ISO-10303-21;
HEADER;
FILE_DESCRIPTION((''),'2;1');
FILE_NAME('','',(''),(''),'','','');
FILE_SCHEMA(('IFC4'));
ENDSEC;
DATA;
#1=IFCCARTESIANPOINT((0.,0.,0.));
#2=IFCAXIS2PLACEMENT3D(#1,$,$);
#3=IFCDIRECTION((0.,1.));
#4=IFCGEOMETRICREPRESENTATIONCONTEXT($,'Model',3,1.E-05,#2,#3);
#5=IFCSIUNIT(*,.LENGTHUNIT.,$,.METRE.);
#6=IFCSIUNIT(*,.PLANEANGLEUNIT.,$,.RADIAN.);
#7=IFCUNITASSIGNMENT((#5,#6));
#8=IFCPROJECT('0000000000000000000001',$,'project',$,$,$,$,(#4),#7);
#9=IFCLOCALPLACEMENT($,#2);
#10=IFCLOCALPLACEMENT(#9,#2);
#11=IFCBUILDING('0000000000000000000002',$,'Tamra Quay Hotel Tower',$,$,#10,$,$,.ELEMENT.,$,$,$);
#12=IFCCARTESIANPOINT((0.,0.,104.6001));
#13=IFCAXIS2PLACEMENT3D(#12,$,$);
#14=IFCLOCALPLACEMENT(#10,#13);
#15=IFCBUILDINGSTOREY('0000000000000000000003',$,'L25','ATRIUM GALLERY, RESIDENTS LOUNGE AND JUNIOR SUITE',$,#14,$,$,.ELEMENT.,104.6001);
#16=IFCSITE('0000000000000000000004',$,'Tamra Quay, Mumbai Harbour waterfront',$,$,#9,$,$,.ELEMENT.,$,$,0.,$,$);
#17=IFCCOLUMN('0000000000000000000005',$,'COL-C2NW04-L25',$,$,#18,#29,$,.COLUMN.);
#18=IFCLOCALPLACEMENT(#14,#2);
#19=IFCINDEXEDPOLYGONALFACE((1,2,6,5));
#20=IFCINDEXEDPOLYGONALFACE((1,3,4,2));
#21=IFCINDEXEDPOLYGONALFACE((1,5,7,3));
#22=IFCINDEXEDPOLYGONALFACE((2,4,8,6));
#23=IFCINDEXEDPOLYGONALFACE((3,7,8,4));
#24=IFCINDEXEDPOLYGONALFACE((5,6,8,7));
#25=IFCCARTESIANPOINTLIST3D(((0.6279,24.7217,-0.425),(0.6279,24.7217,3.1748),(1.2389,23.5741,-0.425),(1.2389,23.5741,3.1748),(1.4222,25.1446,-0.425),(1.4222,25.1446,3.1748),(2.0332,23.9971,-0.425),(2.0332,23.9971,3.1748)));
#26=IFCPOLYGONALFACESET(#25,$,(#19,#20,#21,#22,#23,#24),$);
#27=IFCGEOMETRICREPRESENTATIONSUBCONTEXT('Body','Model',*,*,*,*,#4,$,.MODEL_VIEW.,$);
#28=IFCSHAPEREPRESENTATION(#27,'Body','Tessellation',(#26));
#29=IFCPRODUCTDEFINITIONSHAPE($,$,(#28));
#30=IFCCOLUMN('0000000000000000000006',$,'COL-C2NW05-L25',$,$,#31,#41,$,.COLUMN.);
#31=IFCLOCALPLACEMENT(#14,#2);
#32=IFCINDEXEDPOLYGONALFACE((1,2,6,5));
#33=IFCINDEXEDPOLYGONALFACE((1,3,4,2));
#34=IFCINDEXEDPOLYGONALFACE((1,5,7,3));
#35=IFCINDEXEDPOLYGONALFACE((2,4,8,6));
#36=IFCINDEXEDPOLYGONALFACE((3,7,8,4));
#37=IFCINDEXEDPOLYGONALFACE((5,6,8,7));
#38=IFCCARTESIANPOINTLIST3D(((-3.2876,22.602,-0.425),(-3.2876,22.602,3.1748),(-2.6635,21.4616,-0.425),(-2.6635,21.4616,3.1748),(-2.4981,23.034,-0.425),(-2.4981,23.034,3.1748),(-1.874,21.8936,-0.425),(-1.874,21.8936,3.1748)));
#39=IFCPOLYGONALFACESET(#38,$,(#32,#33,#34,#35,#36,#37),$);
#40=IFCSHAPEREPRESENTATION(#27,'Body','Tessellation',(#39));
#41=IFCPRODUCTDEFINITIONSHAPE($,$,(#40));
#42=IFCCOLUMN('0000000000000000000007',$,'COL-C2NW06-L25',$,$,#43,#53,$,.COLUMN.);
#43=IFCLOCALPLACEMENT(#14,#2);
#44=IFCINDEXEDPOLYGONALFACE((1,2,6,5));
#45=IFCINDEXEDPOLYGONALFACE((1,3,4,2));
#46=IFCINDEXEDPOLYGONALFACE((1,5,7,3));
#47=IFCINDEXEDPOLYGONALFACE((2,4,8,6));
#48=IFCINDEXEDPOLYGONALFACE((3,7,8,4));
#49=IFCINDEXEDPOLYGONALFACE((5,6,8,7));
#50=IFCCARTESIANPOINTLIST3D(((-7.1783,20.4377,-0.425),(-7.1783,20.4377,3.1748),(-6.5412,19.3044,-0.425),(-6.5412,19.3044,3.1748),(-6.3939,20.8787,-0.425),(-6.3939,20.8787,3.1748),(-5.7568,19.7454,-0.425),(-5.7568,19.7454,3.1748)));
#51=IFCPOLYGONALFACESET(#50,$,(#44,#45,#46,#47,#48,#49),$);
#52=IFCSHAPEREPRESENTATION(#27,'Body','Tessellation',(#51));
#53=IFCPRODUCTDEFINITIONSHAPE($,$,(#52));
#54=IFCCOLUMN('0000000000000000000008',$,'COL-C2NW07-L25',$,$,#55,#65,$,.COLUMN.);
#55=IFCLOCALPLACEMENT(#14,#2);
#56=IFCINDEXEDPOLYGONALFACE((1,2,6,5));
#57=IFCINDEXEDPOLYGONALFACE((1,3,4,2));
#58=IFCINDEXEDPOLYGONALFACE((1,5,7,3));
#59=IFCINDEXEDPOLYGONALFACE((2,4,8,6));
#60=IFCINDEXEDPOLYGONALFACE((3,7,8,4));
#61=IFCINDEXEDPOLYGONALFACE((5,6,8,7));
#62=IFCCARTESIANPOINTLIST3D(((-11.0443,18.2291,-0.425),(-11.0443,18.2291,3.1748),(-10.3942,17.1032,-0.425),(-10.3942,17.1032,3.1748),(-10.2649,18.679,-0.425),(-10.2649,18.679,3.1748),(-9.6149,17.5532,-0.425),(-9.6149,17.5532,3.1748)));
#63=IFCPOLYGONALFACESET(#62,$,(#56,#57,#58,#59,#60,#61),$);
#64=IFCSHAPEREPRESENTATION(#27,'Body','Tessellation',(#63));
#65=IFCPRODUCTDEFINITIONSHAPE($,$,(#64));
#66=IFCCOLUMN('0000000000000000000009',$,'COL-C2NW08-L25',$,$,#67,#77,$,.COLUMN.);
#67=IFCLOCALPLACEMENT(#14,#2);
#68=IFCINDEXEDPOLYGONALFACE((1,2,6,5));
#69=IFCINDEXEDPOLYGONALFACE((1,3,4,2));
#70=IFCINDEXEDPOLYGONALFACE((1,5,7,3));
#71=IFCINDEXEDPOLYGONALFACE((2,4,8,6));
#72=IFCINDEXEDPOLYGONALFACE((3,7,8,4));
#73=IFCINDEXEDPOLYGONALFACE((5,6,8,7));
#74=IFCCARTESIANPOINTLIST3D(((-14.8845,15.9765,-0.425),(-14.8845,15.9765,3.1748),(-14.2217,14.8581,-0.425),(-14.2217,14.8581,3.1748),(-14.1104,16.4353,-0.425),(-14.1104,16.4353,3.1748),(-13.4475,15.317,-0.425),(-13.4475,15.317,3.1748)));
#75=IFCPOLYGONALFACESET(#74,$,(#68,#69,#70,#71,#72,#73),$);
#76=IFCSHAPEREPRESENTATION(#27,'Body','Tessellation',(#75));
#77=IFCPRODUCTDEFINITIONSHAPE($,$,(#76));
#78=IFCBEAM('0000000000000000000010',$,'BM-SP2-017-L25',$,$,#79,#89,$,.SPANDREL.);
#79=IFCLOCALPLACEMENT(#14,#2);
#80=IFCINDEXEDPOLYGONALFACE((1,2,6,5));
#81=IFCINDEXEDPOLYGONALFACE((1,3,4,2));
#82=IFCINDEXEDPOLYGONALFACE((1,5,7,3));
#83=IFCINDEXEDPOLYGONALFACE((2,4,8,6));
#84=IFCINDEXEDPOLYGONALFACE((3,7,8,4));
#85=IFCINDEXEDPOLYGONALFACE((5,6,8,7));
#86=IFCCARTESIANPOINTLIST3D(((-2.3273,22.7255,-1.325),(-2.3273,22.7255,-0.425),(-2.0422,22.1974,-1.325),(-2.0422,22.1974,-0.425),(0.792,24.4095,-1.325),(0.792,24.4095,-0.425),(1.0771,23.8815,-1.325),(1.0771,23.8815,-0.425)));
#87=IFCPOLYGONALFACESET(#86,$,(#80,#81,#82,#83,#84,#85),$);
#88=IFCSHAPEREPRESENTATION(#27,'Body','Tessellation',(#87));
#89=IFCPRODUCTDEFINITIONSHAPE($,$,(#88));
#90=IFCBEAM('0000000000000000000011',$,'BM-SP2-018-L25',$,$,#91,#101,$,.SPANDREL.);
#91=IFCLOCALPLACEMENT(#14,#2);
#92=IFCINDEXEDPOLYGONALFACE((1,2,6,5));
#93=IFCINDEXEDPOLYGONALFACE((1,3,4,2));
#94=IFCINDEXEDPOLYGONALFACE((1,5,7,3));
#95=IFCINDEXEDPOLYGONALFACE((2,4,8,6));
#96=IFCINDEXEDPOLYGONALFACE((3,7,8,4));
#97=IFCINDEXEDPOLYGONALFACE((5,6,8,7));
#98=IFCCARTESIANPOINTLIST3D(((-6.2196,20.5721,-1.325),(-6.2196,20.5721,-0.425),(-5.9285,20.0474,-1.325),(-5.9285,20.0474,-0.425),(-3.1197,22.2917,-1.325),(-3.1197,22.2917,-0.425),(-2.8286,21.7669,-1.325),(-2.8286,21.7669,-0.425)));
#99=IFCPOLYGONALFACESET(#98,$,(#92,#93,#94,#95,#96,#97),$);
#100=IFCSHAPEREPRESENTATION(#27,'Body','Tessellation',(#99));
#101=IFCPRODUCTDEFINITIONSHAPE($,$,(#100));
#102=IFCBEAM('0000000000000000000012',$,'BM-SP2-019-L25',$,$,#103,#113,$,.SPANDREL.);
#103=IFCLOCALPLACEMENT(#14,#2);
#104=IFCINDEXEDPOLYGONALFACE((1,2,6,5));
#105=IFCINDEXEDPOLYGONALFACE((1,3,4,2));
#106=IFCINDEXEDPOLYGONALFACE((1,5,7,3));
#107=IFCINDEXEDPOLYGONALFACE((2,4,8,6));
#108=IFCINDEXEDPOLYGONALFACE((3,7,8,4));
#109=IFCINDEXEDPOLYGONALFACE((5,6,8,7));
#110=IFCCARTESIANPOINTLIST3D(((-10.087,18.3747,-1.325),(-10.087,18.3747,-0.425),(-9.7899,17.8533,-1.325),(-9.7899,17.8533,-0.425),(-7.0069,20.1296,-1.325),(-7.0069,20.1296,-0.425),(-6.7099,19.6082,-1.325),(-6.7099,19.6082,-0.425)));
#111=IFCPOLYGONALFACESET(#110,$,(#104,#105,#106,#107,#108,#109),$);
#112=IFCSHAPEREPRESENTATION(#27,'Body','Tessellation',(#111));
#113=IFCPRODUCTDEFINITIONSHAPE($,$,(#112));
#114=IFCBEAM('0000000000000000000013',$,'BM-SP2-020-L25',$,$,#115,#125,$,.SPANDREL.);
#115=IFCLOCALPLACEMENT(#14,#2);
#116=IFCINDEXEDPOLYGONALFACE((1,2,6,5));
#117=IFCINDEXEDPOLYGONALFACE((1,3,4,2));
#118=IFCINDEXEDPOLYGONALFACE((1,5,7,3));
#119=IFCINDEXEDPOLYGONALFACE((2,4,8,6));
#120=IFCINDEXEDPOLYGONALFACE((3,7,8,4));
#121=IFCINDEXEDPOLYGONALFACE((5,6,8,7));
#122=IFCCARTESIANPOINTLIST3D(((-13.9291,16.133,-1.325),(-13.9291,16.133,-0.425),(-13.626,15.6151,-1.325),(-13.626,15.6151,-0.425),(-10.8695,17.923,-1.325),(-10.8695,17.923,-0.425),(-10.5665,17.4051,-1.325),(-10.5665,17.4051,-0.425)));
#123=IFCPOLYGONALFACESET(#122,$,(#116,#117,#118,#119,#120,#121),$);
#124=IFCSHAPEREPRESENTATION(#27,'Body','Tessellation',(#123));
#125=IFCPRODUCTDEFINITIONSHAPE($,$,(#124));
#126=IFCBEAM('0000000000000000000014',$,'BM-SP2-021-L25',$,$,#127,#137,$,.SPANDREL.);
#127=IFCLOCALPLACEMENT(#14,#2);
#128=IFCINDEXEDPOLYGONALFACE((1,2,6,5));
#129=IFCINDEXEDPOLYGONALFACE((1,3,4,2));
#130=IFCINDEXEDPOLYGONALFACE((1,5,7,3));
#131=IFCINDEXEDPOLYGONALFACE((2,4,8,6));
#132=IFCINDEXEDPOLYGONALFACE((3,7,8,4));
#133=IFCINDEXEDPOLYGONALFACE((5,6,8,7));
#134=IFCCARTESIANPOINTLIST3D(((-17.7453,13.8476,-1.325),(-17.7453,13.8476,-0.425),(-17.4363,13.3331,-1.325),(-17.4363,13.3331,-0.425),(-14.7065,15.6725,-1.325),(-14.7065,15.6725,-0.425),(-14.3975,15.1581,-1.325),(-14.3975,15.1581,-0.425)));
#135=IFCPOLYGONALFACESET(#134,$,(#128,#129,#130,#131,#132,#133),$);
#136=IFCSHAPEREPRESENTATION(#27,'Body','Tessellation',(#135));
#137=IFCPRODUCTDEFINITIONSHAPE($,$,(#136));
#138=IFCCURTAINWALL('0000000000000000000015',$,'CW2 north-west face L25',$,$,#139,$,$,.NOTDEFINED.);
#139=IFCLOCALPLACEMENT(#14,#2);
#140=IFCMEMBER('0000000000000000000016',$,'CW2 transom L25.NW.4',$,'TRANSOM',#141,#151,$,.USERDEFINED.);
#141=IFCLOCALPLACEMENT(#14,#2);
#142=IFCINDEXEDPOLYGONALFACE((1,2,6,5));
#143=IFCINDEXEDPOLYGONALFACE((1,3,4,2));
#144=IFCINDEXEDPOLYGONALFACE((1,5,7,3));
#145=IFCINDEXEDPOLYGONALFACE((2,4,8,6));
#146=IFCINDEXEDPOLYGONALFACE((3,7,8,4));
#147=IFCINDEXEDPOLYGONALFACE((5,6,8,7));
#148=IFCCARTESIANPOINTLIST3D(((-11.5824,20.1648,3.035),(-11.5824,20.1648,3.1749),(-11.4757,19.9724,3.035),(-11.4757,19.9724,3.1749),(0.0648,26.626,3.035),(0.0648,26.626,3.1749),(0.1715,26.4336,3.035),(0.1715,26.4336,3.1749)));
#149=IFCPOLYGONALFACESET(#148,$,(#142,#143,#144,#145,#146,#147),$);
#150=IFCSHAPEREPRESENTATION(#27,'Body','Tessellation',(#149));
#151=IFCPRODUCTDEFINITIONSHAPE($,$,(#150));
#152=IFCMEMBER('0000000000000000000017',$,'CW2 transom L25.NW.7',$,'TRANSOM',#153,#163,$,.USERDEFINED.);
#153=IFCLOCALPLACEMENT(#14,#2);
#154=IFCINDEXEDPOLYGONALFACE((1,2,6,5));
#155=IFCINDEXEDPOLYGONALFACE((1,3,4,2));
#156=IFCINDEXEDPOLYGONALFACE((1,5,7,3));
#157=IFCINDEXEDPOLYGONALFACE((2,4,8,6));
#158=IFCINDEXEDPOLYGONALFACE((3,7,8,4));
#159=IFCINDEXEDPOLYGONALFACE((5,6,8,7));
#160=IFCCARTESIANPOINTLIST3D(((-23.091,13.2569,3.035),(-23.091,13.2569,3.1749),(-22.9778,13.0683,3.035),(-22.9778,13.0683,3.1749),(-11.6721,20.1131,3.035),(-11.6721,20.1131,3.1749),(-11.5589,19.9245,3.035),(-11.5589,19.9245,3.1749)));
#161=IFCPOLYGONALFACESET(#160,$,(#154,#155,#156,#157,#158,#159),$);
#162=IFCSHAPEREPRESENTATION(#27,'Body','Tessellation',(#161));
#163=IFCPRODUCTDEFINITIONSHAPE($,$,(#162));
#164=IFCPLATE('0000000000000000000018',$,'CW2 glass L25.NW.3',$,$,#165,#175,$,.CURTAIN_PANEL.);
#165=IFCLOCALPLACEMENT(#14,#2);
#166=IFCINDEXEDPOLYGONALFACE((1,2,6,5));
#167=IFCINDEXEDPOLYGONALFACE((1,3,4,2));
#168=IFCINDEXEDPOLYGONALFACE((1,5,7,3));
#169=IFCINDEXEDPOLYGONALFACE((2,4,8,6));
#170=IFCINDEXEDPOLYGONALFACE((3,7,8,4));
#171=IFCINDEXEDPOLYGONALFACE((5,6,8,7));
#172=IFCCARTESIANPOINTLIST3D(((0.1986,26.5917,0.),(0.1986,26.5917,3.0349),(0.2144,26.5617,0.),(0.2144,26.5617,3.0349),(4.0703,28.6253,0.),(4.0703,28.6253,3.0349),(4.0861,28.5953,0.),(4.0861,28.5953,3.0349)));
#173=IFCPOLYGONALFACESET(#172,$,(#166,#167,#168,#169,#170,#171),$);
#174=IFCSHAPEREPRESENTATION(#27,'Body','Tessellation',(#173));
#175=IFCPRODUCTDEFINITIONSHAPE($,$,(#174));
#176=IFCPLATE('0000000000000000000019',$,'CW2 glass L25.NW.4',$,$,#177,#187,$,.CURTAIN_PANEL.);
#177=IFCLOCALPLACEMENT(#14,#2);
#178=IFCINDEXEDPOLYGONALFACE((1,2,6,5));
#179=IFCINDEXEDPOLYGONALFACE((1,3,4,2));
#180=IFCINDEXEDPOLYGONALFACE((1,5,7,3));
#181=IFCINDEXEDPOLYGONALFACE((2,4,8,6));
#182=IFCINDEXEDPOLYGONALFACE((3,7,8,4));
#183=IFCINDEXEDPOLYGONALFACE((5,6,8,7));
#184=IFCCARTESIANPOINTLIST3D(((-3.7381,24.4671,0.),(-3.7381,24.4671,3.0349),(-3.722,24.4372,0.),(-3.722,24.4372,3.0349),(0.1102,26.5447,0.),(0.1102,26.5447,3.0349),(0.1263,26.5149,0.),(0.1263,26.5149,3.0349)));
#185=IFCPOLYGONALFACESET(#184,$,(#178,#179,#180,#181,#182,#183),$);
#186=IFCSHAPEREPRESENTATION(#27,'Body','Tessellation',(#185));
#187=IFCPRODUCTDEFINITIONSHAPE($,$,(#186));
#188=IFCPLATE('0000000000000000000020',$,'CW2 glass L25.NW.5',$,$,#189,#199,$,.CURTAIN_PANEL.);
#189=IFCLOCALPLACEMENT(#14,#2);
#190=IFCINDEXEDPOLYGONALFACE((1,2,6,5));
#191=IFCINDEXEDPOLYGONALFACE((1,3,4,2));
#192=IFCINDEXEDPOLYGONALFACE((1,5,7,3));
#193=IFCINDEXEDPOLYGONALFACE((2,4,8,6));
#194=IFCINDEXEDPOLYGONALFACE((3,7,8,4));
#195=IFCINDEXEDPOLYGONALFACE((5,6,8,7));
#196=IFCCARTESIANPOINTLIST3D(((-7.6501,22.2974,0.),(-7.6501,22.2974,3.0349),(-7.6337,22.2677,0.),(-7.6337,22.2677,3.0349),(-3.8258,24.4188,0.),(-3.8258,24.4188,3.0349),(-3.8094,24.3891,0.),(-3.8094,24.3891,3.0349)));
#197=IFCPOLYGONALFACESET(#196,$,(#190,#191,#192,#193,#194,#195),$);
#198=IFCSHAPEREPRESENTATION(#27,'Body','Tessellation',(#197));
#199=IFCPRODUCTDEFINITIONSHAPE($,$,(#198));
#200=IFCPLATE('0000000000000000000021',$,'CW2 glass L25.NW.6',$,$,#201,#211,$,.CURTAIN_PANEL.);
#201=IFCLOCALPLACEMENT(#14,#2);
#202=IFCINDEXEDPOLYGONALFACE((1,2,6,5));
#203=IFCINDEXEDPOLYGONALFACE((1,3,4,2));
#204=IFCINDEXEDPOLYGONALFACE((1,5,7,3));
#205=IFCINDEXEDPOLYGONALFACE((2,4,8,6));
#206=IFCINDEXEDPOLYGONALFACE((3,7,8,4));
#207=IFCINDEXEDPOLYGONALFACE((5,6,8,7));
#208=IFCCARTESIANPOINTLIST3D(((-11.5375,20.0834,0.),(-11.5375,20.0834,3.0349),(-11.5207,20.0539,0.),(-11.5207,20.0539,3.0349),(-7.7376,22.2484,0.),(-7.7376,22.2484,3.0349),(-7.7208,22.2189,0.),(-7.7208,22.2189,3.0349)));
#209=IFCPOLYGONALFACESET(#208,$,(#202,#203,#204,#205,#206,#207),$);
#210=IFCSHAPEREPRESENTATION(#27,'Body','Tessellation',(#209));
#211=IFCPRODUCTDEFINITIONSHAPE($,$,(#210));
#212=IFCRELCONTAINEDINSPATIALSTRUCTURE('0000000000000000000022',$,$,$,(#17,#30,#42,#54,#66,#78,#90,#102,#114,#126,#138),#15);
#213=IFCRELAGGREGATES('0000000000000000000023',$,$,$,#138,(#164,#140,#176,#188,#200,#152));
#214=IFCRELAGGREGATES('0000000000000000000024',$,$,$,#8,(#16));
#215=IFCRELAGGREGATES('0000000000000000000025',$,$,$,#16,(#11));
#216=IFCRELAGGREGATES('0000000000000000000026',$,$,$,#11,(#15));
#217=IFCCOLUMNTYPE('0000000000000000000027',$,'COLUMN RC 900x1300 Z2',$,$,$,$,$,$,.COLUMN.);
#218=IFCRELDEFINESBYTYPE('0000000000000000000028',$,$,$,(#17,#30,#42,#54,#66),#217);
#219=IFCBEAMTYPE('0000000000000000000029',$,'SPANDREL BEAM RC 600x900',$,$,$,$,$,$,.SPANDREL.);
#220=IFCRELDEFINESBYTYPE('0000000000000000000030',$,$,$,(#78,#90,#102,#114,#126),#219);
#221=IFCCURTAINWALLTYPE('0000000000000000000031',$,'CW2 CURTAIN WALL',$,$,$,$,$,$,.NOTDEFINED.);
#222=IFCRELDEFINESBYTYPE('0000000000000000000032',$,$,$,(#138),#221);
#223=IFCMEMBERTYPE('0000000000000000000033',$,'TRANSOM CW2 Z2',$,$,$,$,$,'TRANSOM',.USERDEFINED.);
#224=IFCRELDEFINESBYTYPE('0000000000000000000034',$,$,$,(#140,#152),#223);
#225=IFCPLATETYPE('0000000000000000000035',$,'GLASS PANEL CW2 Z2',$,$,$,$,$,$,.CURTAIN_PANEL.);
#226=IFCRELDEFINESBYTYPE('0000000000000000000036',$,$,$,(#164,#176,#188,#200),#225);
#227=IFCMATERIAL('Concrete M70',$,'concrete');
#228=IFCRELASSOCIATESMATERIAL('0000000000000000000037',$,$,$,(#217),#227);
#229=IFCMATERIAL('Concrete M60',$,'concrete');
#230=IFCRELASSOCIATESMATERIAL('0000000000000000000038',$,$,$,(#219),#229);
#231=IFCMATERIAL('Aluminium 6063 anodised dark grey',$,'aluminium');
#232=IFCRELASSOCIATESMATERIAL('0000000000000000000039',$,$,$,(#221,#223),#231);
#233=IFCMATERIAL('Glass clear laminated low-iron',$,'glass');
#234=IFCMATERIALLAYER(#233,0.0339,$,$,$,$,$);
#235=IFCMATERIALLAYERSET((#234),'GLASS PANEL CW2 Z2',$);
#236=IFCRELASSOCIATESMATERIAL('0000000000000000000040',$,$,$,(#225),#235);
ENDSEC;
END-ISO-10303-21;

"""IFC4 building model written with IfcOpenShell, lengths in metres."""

from ifc_helpers import new_model, si_unit, direction, frame, origin, origin_2d, place, context, subcontext, project, spatial, rectangle, extrude, material, layer, layer_set, material_profile, profile_set, type_object, element, aggregate, save


model = new_model("IFC4")

# Units and contexts
model_context = context("Model", 3, precision=1e-05, world=origin(), true_north=direction((0.0, 1.0)))
body_context = subcontext(model_context, "Body", "Model", "MODEL_VIEW")
ifc_project = project(units=[si_unit("LENGTHUNIT", "METRE"), si_unit("PLANEANGLEUNIT", "RADIAN")], contexts=[model_context])

# Site, building, storey
site_placement = place(None, origin())
site = spatial("IfcSite", under=ifc_project, at=site_placement, Name="Tamra Quay, Mumbai Harbour waterfront", CompositionType="ELEMENT", RefElevation=0.0)
building_placement = place(site_placement, origin())
building = spatial("IfcBuilding", under=site, at=building_placement, Name="Tamra Quay Hotel Tower", CompositionType="ELEMENT")
storey_placement = place(building_placement, frame((0.0, 0.0, 104.6001)))
storey = spatial("IfcBuildingStorey", under=building, at=storey_placement, Name="L25", Description="ATRIUM GALLERY, RESIDENTS LOUNGE AND JUNIOR SUITE", CompositionType="ELEMENT", Elevation=104.6001)

# Columns
ifc_material_1 = material(Name="Concrete M70", Category="concrete")
ifc_material_profile_1 = material_profile(ifc_material_1, rectangle(XDim=1.3, YDim=0.8999, at=origin_2d()), Name="COLUMN RC 900x1300 Z2")
ifc_profile_set_1 = profile_set([ifc_material_profile_1], Name="Concrete M70")
column_type = type_object("IfcColumnType", Name="COLUMN RC 900x1300 Z2", PredefinedType="COLUMN", material=ifc_profile_set_1)
for number, where, z_axis, x_axis, name in (
    (1, (1.3306, 24.3594, -0.425), (0.0, 0.0, 1.0), (-0.470002, 0.882666, 0.0), "COL-C2NW04-L25"),
    (2, (-2.5808, 22.2478, -0.425), (0.0, 0.0, 1.0), (-0.48006, 0.877236, 0.0), "COL-C2NW05-L25"),
    (3, (-6.4675, 20.0916, -0.425), (0.0, 0.0, 1.0), (-0.490061, 0.871688, 0.0), "COL-C2NW06-L25"),
    (4, (-10.3296, 17.8911, -0.425), (0.0, 0.0, 1.0), (-0.5, 0.866025, 0.0), "COL-C2NW07-L25"),
    (5, (-14.166, 15.6467, -0.425), (0.0, 0.0, 1.0), (-0.509873, 0.860249, 0.0), "COL-C2NW08-L25"),
):
    element("IfcColumn", number, at=place(storey_placement, frame(where, z_axis=z_axis, x_axis=x_axis)), inside=storey, type_object=column_type, Name=name, PredefinedType="COLUMN", context=body_context, shape_type="SweptSolid", body=[
        extrude(rectangle(XDim=1.3, YDim=0.8999, at=origin_2d()), origin(), (0.0, 0.0, 1.0), 3.5999),
    ])

# Beams
ifc_material_2 = material(Name="Concrete M60", Category="concrete")
ifc_material_profile_2 = material_profile(ifc_material_2, rectangle(XDim=0.6001, YDim=0.8999, at=origin_2d()), Name="SPANDREL BEAM RC 600x900")
ifc_profile_set_2 = profile_set([ifc_material_profile_2], Name="Concrete M60")
beam_type = type_object("IfcBeamType", Name="SPANDREL BEAM RC 600x900", PredefinedType="SPANDREL", material=ifc_profile_set_2)
for number, where, z_axis, x_axis, name in (
    (6, (0.9346, 24.1455, -0.875), (-0.879951, -0.475065, 0.0), (0.475065, -0.879951, 0.0), "BM-SP2-017-L25"),
    (7, (-2.9741, 22.0293, -0.875), (-0.874475, -0.48507, 0.0), (0.48507, -0.874475, 0.0), "BM-SP2-018-L25"),
    (8, (-6.8584, 19.8689, -0.875), (-0.86887, -0.495041, 0.0), (0.495041, -0.86887, 0.0), "BM-SP2-019-L25"),
):
    element("IfcBeam", number, at=place(storey_placement, frame(where, z_axis=z_axis, x_axis=x_axis)), inside=storey, type_object=beam_type, Name=name, PredefinedType="SPANDREL", context=body_context, shape_type="SweptSolid", body=[
        extrude(rectangle(XDim=0.6001, YDim=0.8999, at=origin_2d()), origin(), (0.0, 0.0, 1.0), 3.5449),
    ])
for number, where, z_axis, x_axis, name in (
    (9, (-10.718, 17.6641, -0.875), (-0.863129, -0.504984, 0.0), (0.504984, -0.863129, 0.0), "BM-SP2-020-L25"),
    (10, (-14.552, 15.4153, -0.875), (-0.857286, -0.51484, 0.0), (0.51484, -0.857286, 0.0), "BM-SP2-021-L25"),
):
    element("IfcBeam", number, at=place(storey_placement, frame(where, z_axis=z_axis, x_axis=x_axis)), inside=storey, type_object=beam_type, Name=name, PredefinedType="SPANDREL", context=body_context, shape_type="SweptSolid", body=[
        extrude(rectangle(XDim=0.6001, YDim=0.8999, at=origin_2d()), origin(), (0.0, 0.0, 1.0), 3.5447),
    ])

# Curtain wall, members, plates
ifc_material_3 = material(Name="Aluminium 6063 anodised dark grey", Category="aluminium")
curtain_wall_type = type_object("IfcCurtainWallType", Name="CW2 CURTAIN WALL", PredefinedType="NOTDEFINED", material=ifc_material_3)
curtain_wall_placement = place(storey_placement, origin())
curtain_wall = element("IfcCurtainWall", 11, at=curtain_wall_placement, inside=storey, type_object=curtain_wall_type, Name="CW2 north-west face L25", PredefinedType="NOTDEFINED")
ifc_material_profile_3 = material_profile(ifc_material_3, rectangle(XDim=0.22, YDim=0.1399, at=origin_2d()), Name="TRANSOM 220X140")
ifc_profile_set_3 = profile_set([ifc_material_profile_3], Name="Aluminium 6063 anodised dark grey")
member_type = type_object("IfcMemberType", Name="TRANSOM CW2 Z2", ElementType="TRANSOM", PredefinedType="USERDEFINED", material=ifc_profile_set_3)
member_1_placement = place(storey_placement, frame((0.1182, 26.5298, 3.105), z_axis=(-0.87446, -0.485098, 0.0), x_axis=(0.485098, -0.87446, 0.0)))
member_1 = element("IfcMember", 12, at=member_1_placement, type_object=member_type, Name="CW2 transom L25.NW.4", ObjectType="TRANSOM", PredefinedType="USERDEFINED", context=body_context, shape_type="SweptSolid", body=[
    extrude(rectangle(XDim=0.22, YDim=0.1399, at=origin_2d()), origin(), (0.0, 0.0, 1.0), 13.3193),
])
member_2_placement = place(storey_placement, frame((-11.6155, 20.0188, 3.105), z_axis=(-0.857333, -0.514763, 0.0), x_axis=(0.514763, -0.857333, 0.0)))
member_2 = element("IfcMember", 13, at=member_2_placement, type_object=member_type, Name="CW2 transom L25.NW.7", ObjectType="TRANSOM", PredefinedType="USERDEFINED", context=body_context, shape_type="SweptSolid", body=[
    extrude(rectangle(XDim=0.22, YDim=0.1399, at=origin_2d()), origin(), (0.0, 0.0, 1.0), 13.3191),
])
ifc_material_4 = material(Name="Glass clear laminated low-iron", Category="glass")
ifc_layer_1 = layer(ifc_material_4, 0.0339)
ifc_layer_set_1 = layer_set([ifc_layer_1], Name="GLASS PANEL CW2 Z2")
plate_type = type_object("IfcPlateType", Name="GLASS PANEL CW2 Z2", PredefinedType="CURTAIN_PANEL", material=ifc_layer_set_1)
plate_1_placement = place(storey_placement, frame((2.1423, 27.5935, 0.0), z_axis=(0.0, 0.0, 1.0), x_axis=(-0.885306, -0.465009, 0.0)))
plate_1 = element("IfcPlate", 14, at=plate_1_placement, type_object=plate_type, Name="CW2 glass L25.NW.3", PredefinedType="CURTAIN_PANEL", context=body_context, shape_type="SweptSolid", body=[
    extrude(rectangle(XDim=4.3733, YDim=0.0339, at=origin_2d()), origin(), (0.0, 0.0, 1.0), 3.0349),
])
plate_2_placement = place(storey_placement, frame((-1.8059, 25.491, 0.0), z_axis=(0.0, 0.0, 1.0), x_axis=(-0.879946, -0.475074, 0.0)))
plate_2 = element("IfcPlate", 15, at=plate_2_placement, type_object=plate_type, Name="CW2 glass L25.NW.4", PredefinedType="CURTAIN_PANEL", context=body_context, shape_type="SweptSolid", body=[
    extrude(rectangle(XDim=4.3733, YDim=0.0339, at=origin_2d()), origin(), (0.0, 0.0, 1.0), 3.0349),
])
plate_3_placement = place(storey_placement, frame((-5.7297, 23.3433, 0.0), z_axis=(0.0, 0.0, 1.0), x_axis=(-0.874465, -0.485088, 0.0)))
plate_3 = element("IfcPlate", 16, at=plate_3_placement, type_object=plate_type, Name="CW2 glass L25.NW.5", PredefinedType="CURTAIN_PANEL", context=body_context, shape_type="SweptSolid", body=[
    extrude(rectangle(XDim=4.3733, YDim=0.0339, at=origin_2d()), origin(), (0.0, 0.0, 1.0), 3.0349),
])
plate_4_placement = place(storey_placement, frame((-9.6292, 21.1511, 0.0), z_axis=(0.0, 0.0, 1.0), x_axis=(-0.868868, -0.495045, 0.0)))
plate_4 = element("IfcPlate", 17, at=plate_4_placement, type_object=plate_type, Name="CW2 glass L25.NW.6", PredefinedType="CURTAIN_PANEL", context=body_context, shape_type="SweptSolid", body=[
    extrude(rectangle(XDim=4.3733, YDim=0.0339, at=origin_2d()), origin(), (0.0, 0.0, 1.0), 3.0349),
])
aggregate(curtain_wall, [plate_1, member_1, plate_2, plate_3, plate_4, member_2])

save(model, "model.ifc")
